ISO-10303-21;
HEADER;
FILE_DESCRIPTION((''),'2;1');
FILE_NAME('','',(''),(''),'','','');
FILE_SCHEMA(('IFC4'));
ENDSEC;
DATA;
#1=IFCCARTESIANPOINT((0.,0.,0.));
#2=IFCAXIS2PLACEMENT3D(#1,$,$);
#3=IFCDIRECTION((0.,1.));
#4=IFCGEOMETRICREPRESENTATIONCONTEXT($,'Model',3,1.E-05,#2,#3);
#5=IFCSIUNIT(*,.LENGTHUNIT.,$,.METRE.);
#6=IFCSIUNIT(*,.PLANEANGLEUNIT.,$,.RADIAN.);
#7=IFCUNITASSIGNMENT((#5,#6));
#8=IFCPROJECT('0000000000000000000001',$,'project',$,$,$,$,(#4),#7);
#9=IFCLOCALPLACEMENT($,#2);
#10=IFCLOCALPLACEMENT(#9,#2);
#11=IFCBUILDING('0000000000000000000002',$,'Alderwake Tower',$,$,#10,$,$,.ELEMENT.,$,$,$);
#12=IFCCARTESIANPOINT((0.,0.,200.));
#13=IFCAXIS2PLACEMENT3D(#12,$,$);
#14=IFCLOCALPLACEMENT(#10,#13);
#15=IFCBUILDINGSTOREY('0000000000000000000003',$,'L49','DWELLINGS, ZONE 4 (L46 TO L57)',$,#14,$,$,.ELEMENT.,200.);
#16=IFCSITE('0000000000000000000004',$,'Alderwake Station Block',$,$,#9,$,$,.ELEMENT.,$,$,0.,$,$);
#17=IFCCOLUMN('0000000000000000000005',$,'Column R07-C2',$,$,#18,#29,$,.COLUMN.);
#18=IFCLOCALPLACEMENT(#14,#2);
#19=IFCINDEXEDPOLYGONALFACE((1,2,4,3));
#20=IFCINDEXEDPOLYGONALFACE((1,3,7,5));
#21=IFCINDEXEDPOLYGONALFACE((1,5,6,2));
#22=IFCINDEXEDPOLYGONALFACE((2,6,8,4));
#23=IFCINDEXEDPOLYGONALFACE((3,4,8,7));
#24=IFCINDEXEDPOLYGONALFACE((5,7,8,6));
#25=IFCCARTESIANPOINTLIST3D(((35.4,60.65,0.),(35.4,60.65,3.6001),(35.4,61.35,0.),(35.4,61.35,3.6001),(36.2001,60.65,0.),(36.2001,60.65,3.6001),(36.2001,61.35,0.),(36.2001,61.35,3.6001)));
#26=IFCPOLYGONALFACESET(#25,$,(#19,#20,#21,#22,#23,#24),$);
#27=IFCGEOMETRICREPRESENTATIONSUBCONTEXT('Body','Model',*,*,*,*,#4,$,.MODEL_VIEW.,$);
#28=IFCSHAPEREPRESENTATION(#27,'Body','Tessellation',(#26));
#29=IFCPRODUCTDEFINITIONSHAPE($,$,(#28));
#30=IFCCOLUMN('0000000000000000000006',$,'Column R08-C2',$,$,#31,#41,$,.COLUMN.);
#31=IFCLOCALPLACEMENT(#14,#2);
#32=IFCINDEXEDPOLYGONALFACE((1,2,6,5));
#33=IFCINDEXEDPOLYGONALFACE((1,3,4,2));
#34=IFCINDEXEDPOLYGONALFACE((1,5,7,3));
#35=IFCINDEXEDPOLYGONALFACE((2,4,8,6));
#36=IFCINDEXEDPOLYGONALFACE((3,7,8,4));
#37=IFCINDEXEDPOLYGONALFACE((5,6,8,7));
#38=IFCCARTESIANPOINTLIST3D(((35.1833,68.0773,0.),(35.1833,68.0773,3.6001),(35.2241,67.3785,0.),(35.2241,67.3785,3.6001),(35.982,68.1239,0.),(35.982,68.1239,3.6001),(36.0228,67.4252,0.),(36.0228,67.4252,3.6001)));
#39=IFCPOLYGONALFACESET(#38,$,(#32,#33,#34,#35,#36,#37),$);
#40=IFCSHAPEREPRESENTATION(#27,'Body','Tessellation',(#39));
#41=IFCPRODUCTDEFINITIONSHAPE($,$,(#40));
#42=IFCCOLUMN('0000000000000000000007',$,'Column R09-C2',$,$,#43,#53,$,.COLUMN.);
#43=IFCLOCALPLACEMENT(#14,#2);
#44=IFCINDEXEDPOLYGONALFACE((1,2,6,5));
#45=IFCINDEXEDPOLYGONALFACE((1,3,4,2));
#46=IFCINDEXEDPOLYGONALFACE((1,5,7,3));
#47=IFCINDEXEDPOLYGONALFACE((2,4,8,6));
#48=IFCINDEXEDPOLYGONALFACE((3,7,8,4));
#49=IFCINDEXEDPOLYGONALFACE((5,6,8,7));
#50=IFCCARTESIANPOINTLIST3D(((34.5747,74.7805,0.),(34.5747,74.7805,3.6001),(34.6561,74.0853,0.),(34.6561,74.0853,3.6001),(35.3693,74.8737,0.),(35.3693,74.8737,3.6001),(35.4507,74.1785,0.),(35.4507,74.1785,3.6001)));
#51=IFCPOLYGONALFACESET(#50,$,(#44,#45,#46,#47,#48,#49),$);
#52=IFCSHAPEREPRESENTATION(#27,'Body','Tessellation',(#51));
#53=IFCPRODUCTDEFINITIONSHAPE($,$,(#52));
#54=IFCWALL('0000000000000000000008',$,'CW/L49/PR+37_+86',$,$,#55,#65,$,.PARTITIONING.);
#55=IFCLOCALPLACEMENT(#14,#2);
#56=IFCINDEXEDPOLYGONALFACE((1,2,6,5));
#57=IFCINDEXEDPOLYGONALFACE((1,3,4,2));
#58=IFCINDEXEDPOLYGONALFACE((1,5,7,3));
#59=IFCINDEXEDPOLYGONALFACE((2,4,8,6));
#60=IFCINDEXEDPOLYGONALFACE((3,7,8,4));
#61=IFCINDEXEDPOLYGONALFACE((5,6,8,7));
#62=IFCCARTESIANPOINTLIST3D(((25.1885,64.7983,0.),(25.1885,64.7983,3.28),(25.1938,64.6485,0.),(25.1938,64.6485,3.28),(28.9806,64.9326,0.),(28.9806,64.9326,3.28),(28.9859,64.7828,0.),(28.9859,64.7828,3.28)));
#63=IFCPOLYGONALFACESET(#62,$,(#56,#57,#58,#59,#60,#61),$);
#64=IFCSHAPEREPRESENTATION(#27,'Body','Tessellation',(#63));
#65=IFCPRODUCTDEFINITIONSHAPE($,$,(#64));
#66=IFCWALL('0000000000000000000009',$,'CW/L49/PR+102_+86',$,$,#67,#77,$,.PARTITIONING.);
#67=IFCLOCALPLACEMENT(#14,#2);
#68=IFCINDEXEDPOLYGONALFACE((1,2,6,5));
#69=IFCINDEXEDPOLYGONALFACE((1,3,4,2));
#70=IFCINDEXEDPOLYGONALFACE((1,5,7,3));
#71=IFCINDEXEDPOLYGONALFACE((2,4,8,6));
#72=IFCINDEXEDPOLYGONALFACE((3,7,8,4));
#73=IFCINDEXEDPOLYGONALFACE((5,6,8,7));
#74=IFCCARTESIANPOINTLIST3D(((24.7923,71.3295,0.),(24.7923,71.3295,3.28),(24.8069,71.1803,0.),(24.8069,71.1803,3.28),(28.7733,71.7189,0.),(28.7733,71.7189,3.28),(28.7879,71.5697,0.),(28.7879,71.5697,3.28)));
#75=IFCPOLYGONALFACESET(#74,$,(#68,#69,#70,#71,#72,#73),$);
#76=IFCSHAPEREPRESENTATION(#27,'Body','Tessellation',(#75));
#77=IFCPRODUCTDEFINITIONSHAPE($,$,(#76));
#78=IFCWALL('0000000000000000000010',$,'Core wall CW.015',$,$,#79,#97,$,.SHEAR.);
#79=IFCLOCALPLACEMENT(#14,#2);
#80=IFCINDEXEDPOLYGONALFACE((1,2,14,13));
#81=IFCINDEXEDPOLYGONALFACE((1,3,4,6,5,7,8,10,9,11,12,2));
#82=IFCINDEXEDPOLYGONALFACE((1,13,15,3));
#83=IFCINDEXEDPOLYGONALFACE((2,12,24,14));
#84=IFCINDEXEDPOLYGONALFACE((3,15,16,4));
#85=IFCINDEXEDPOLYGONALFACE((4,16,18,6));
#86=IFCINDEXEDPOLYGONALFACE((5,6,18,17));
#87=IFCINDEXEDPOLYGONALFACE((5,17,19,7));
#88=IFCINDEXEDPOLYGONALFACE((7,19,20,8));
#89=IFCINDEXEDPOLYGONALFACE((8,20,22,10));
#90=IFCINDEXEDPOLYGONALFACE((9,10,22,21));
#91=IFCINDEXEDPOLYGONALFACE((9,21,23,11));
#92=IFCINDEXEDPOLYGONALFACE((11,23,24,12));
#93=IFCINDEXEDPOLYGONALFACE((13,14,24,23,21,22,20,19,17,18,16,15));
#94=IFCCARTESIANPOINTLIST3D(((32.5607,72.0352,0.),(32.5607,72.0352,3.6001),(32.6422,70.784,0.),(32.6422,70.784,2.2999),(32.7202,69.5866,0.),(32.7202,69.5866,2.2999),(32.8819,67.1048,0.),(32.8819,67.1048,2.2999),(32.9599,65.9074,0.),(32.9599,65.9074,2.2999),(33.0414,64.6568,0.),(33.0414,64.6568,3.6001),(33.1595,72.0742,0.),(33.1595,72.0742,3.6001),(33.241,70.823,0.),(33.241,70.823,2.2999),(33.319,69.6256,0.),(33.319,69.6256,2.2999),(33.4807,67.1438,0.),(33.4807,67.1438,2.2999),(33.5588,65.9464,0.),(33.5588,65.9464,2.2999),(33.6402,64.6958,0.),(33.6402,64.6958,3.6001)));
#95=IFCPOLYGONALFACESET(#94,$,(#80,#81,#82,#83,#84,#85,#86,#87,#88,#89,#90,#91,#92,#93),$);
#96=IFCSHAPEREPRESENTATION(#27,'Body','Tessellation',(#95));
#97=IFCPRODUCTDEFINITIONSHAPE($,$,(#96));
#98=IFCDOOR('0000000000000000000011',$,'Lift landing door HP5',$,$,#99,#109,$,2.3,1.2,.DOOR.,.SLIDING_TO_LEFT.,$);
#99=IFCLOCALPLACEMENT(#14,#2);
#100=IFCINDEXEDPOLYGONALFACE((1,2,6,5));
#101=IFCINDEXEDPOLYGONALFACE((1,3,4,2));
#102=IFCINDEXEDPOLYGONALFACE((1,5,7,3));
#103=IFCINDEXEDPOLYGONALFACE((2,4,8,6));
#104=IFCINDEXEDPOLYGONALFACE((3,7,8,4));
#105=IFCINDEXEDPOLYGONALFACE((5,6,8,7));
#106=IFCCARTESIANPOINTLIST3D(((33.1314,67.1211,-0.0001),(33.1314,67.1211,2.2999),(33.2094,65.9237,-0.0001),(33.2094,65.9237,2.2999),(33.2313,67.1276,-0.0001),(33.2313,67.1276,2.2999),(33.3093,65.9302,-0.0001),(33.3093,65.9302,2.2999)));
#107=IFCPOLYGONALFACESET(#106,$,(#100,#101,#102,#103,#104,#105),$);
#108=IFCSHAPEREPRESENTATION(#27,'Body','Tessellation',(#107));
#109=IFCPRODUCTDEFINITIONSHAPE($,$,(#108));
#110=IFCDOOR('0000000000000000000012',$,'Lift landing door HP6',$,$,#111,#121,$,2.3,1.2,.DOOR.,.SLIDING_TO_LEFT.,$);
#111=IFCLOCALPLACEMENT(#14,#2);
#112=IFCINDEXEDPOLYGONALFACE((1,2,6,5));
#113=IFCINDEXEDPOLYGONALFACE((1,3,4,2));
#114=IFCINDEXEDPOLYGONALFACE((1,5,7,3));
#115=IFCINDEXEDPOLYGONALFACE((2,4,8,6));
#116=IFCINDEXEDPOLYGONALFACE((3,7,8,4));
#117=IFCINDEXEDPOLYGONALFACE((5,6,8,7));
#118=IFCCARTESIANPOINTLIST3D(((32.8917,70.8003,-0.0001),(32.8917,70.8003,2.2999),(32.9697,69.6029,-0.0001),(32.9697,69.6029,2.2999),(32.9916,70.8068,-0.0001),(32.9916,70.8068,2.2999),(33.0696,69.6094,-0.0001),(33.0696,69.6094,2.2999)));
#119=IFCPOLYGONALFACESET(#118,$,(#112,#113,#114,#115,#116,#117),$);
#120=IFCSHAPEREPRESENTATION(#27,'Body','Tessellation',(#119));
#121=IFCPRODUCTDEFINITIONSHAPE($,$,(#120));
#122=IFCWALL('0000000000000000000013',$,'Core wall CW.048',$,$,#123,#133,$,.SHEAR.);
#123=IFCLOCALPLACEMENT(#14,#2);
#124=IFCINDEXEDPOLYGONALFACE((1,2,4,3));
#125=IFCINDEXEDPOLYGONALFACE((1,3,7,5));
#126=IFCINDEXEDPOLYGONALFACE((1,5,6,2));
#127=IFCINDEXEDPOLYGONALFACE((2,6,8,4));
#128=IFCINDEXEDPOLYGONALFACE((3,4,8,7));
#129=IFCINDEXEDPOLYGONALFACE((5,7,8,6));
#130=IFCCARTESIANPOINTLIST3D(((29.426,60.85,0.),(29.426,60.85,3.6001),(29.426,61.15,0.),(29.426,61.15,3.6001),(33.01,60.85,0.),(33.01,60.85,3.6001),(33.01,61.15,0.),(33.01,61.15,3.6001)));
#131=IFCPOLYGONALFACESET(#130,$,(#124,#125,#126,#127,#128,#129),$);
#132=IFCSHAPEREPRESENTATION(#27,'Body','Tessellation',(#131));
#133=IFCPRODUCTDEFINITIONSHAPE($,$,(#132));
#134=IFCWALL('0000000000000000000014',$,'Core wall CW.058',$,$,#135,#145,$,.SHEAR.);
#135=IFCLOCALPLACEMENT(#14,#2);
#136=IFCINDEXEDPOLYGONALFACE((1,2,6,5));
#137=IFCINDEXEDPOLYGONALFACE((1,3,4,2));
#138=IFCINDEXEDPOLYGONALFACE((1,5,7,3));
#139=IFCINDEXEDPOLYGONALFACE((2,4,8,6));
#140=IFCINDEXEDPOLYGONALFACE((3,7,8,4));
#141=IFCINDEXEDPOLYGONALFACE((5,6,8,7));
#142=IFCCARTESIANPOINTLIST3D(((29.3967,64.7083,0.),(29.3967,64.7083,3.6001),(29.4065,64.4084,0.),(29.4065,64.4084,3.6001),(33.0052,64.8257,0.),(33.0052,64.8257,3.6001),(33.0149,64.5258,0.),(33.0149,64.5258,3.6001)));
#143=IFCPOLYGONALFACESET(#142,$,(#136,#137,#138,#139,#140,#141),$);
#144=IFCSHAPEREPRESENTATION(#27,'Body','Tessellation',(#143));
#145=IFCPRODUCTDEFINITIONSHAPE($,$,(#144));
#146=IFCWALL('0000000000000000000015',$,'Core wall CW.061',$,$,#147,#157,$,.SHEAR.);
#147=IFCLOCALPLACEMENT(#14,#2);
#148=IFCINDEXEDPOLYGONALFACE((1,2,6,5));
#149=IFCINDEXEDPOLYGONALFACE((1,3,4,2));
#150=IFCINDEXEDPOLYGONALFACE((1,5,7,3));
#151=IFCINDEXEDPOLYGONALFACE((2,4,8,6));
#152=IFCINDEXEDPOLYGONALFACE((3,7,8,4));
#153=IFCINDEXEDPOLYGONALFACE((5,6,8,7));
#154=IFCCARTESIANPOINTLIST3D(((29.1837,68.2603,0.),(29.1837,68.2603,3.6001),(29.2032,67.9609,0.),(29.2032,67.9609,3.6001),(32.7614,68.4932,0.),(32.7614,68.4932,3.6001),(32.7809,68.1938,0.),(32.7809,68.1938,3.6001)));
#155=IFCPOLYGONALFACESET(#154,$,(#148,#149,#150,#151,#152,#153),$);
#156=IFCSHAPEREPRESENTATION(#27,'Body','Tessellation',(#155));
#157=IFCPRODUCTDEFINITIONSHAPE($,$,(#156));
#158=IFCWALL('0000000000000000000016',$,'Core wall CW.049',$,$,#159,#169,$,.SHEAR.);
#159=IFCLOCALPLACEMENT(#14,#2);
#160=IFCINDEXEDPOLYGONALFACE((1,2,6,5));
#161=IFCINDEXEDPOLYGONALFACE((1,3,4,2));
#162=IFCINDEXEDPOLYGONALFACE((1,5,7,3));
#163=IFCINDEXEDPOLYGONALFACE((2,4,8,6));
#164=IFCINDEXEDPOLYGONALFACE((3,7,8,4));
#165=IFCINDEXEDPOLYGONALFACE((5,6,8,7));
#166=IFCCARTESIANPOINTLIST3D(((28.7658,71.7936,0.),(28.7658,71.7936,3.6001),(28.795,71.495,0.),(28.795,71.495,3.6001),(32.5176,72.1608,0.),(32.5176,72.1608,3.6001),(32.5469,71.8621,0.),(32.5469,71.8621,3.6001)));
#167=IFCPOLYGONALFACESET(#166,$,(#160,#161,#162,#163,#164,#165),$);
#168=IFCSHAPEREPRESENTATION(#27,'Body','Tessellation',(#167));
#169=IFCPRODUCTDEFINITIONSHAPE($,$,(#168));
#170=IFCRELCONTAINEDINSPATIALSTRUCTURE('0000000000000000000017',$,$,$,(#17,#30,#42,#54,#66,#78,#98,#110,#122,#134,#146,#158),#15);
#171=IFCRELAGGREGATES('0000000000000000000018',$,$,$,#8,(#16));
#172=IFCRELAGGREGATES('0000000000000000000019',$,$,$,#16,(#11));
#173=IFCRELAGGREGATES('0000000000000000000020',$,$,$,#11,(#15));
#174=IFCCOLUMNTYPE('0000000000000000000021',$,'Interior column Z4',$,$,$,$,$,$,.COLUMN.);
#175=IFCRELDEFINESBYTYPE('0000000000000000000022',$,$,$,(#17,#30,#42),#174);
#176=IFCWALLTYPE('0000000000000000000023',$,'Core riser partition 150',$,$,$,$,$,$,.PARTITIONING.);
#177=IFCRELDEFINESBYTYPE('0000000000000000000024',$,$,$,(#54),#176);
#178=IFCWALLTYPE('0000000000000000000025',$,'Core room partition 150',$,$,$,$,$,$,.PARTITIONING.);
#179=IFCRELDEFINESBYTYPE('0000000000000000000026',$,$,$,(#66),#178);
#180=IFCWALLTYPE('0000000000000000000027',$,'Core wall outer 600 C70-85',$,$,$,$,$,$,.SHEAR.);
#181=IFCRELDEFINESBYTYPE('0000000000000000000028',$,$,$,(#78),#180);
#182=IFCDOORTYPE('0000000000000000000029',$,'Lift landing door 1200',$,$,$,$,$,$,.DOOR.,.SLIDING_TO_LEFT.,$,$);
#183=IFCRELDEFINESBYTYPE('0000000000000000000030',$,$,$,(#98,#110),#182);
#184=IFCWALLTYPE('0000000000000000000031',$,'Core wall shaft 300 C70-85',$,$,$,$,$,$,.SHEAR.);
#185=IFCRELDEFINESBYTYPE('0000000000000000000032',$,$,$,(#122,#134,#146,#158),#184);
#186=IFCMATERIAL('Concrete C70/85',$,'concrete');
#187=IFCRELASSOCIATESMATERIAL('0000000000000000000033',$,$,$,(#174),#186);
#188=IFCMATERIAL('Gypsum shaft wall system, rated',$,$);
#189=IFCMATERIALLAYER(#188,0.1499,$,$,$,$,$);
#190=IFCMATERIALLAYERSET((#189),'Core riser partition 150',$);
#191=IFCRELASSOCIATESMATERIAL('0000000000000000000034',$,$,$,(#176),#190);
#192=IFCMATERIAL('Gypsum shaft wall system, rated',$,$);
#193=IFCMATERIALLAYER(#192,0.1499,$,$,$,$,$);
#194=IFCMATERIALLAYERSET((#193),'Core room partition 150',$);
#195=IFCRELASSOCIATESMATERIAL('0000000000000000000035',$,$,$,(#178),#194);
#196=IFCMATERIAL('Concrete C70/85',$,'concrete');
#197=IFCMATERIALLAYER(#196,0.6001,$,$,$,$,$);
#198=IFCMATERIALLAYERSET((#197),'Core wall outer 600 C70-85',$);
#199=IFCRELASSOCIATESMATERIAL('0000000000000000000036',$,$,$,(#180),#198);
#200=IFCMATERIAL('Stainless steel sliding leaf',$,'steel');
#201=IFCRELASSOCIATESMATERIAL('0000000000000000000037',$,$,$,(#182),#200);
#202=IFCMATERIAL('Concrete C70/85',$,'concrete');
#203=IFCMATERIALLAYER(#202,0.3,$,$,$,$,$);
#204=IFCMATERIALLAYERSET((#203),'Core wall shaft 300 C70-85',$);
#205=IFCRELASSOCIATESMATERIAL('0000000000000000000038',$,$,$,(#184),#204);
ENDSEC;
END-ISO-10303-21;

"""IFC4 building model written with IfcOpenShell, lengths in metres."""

from ifc_helpers import new_model, si_unit, direction, frame, frame_2d, origin, origin_2d, place, context, subcontext, project, spatial, rectangle, extrude, material, layer, layer_set, material_profile, profile_set, type_object, element, fill, save


model = new_model("IFC4")

# Units and contexts
model_context = context("Model", 3, precision=1e-05, world=origin(), true_north=direction((0.0, 1.0)))
body_context = subcontext(model_context, "Body", "Model", "MODEL_VIEW")
ifc_project = project(units=[si_unit("LENGTHUNIT", "METRE"), si_unit("PLANEANGLEUNIT", "RADIAN")], contexts=[model_context])

# Site, building, storey
site_placement = place(None, origin())
site = spatial("IfcSite", under=ifc_project, at=site_placement, Name="Alderwake Station Block", CompositionType="ELEMENT", RefElevation=0.0)
building_placement = place(site_placement, origin())
building = spatial("IfcBuilding", under=site, at=building_placement, Name="Alderwake Tower", CompositionType="ELEMENT")
storey_placement = place(building_placement, frame((0.0, 0.0, 200.0)))
storey = spatial("IfcBuildingStorey", under=building, at=storey_placement, Name="L49", Description="DWELLINGS, ZONE 4 (L46 TO L57)", CompositionType="ELEMENT", Elevation=200.0)

# Columns
ifc_material_1 = material(Name="Concrete C70/85", Category="concrete")
ifc_material_profile = material_profile(ifc_material_1, rectangle(XDim=0.7, YDim=0.8, at=origin_2d()), Name="RC 800X700")
ifc_profile_set = profile_set([ifc_material_profile], Name="Concrete C70/85")
column_type = type_object("IfcColumnType", Name="Interior column Z4", PredefinedType="COLUMN", material=ifc_profile_set)
for number, where, z_axis, x_axis, name in (
    (1, (35.8, 61.0, 0.0), (0.0, 0.0, 1.0), (0.0, 1.0, 0.0), "Column R07-C2"),
    (2, (35.603, 67.7512, 0.0), (0.0, 0.0, 1.0), (-0.058301, 0.998299, 0.0), "Column R08-C2"),
    (3, (35.0127, 74.4795, 0.0), (0.0, 0.0, 1.0), (-0.116402, 0.993202, 0.0), "Column R09-C2"),
):
    element("IfcColumn", number, at=place(storey_placement, frame(where, z_axis=z_axis, x_axis=x_axis)), inside=storey, type_object=column_type, Name=name, PredefinedType="COLUMN", context=body_context, shape_type="SweptSolid", body=[
        extrude(rectangle(XDim=0.7, YDim=0.8, at=origin_2d()), origin(), (0.0, 0.0, 1.0), 3.6001),
    ])

# Walls
ifc_material_2 = material(Name="Gypsum shaft wall system, rated")
ifc_layer_1 = layer(ifc_material_2, 0.1499)
ifc_layer_set_1 = layer_set([ifc_layer_1], Name="Core riser partition 150")
wall_type_1 = type_object("IfcWallType", Name="Core riser partition 150", PredefinedType="PARTITIONING", material=ifc_layer_set_1)
wall_1_placement = place(storey_placement, frame((25.1912, 64.7234, 0.0), z_axis=(0.0, 0.0, 1.0), x_axis=(0.999374, 0.035389, 0.0)))
element("IfcWall", 4, at=wall_1_placement, inside=storey, type_object=wall_type_1, Name="CW/L49/PR+37_+86", PredefinedType="PARTITIONING", context=body_context, shape_type="SweptSolid", body=[
    extrude(rectangle(XDim=3.7944, YDim=0.1499, at=frame_2d((1.8972, 0.0))), origin(), (0.0, 0.0, 1.0), 3.28),
])
ifc_material_3 = material(Name="Gypsum shaft wall system, rated")
ifc_layer_2 = layer(ifc_material_3, 0.1499)
ifc_layer_set_2 = layer_set([ifc_layer_2], Name="Core room partition 150")
wall_type_2 = type_object("IfcWallType", Name="Core room partition 150", PredefinedType="PARTITIONING", material=ifc_layer_set_2)
wall_2_placement = place(storey_placement, frame((24.7996, 71.2549, 0.0), z_axis=(0.0, 0.0, 1.0), x_axis=(0.99525, 0.097352, 0.0)))
element("IfcWall", 5, at=wall_2_placement, inside=storey, type_object=wall_type_2, Name="CW/L49/PR+102_+86", PredefinedType="PARTITIONING", context=body_context, shape_type="SweptSolid", body=[
    extrude(rectangle(XDim=4.0, YDim=0.1499, at=frame_2d((2.0, 0.0))), origin(), (0.0, 0.0, 1.0), 3.28),
])

# Wall, openings, doors
ifc_material_4 = material(Name="Concrete C70/85", Category="concrete")
ifc_layer_3 = layer(ifc_material_4, 0.6001)
ifc_layer_set_3 = layer_set([ifc_layer_3], Name="Core wall outer 600 C70-85")
wall_type_3 = type_object("IfcWallType", Name="Core wall outer 600 C70-85", PredefinedType="SHEAR", material=ifc_layer_set_3)
wall_3_placement = place(storey_placement, frame((33.3408, 64.6763, 0.0), z_axis=(0.0, 0.0, 1.0), x_axis=(-0.065013, 0.997884, 0.0)))
wall_3 = element("IfcWall", 6, at=wall_3_placement, inside=storey, type_object=wall_type_3, Name="Core wall CW.015", PredefinedType="SHEAR", context=body_context, shape_type="SweptSolid", body=[
    extrude(rectangle(XDim=7.394, YDim=0.6001, at=frame_2d((3.697, 0.0))), origin(), (0.0, 0.0, 1.0), 3.6001),
])
opening_1_placement = place(wall_3_placement, frame((1.2532, 0.0, 0.0)))
opening_1 = element("IfcOpeningElement", 7, at=opening_1_placement, cuts=wall_3, PredefinedType="OPENING", context=body_context, shape_type="SweptSolid", body=[
    extrude(rectangle(XDim=1.2, YDim=2.3, at=frame_2d((0.6001, 1.1499))), frame((0.0, 0.3101, 0.0), z_axis=(0.0, -1.0, 0.0), x_axis=(1.0, 0.0, 0.0)), (0.0, 0.0, 1.0), 0.6201),
])
opening_2_placement = place(wall_3_placement, frame((4.9402, 0.0, 0.0)))
opening_2 = element("IfcOpeningElement", 8, at=opening_2_placement, cuts=wall_3, PredefinedType="OPENING", context=body_context, shape_type="SweptSolid", body=[
    extrude(rectangle(XDim=1.2, YDim=2.3, at=frame_2d((0.6001, 1.1499))), frame((0.0, 0.3101, 0.0), z_axis=(0.0, -1.0, 0.0), x_axis=(1.0, 0.0, 0.0)), (0.0, 0.0, 1.0), 0.6201),
])
ifc_material_5 = material(Name="Stainless steel sliding leaf", Category="steel")
door_type_1 = type_object("IfcDoorType", Name="Lift landing door 1200", OperationType="SLIDING_TO_LEFT", PredefinedType="DOOR", material=ifc_material_5)
door_1_placement = place(opening_1_placement, origin())
door_1 = element("IfcDoor", 9, at=door_1_placement, inside=storey, type_object=door_type_1, Name="Lift landing door HP5", OperationType="SLIDING_TO_LEFT", OverallHeight=2.3, OverallWidth=1.2, PredefinedType="DOOR", context=body_context, shape_type="SweptSolid", body=[
    extrude(rectangle(XDim=1.2, YDim=2.3, at=frame_2d((0.6001, 1.1499))), frame((0.0, 0.05, 0.0), z_axis=(0.0, -1.0, 0.0), x_axis=(1.0, 0.0, 0.0)), (0.0, 0.0, 1.0), 0.1001),
])
fill(opening_1, door_1)
door_2_placement = place(opening_2_placement, origin())
door_2 = element("IfcDoor", 10, at=door_2_placement, inside=storey, type_object=door_type_1, Name="Lift landing door HP6", OperationType="SLIDING_TO_LEFT", OverallHeight=2.3, OverallWidth=1.2, PredefinedType="DOOR", context=body_context, shape_type="SweptSolid", body=[
    extrude(rectangle(XDim=1.2, YDim=2.3, at=frame_2d((0.6001, 1.1499))), frame((0.0, 0.05, 0.0), z_axis=(0.0, -1.0, 0.0), x_axis=(1.0, 0.0, 0.0)), (0.0, 0.0, 1.0), 0.1001),
])
fill(opening_2, door_2)

# Walls
ifc_material_6 = material(Name="Concrete C70/85", Category="concrete")
ifc_layer_4 = layer(ifc_material_6, 0.3)
ifc_layer_set_4 = layer_set([ifc_layer_4], Name="Core wall shaft 300 C70-85")
wall_type_4 = type_object("IfcWallType", Name="Core wall shaft 300 C70-85", PredefinedType="SHEAR", material=ifc_layer_set_4)
wall_4_placement = place(storey_placement, frame((29.426, 61.0, 0.0), z_axis=(0.0, 0.0, 1.0), x_axis=(1.0, 0.0, 0.0)))
element("IfcWall", 11, at=wall_4_placement, inside=storey, type_object=wall_type_4, Name="Core wall CW.048", PredefinedType="SHEAR", context=body_context, shape_type="SweptSolid", body=[
    extrude(rectangle(XDim=3.584, YDim=0.3, at=frame_2d((1.792, 0.0))), origin(), (0.0, 0.0, 1.0), 3.6001),
])
wall_5_placement = place(storey_placement, frame((29.4016, 64.5583, 0.0), z_axis=(0.0, 0.0, 1.0), x_axis=(0.999471, 0.032527, 0.0)))
element("IfcWall", 12, at=wall_5_placement, inside=storey, type_object=wall_type_4, Name="Core wall CW.058", PredefinedType="SHEAR", context=body_context, shape_type="SweptSolid", body=[
    extrude(rectangle(XDim=3.6104, YDim=0.3, at=frame_2d((1.8052, 0.0))), origin(), (0.0, 0.0, 1.0), 3.6001),
])
wall_6_placement = place(storey_placement, frame((29.1936, 68.1106, 0.0), z_axis=(0.0, 0.0, 1.0), x_axis=(0.997888, 0.064964, 0.0)))
element("IfcWall", 13, at=wall_6_placement, inside=storey, type_object=wall_type_4, Name="Core wall CW.061", PredefinedType="SHEAR", context=body_context, shape_type="SweptSolid", body=[
    extrude(rectangle(XDim=3.5852, YDim=0.3, at=frame_2d((1.7925, 0.0))), origin(), (0.0, 0.0, 1.0), 3.6001),
])
wall_7_placement = place(storey_placement, frame((28.7805, 71.6443, 0.0), z_axis=(0.0, 0.0, 1.0), x_axis=(0.995245, 0.0974, 0.0)))
element("IfcWall", 14, at=wall_7_placement, inside=storey, type_object=wall_type_4, Name="Core wall CW.049", PredefinedType="SHEAR", context=body_context, shape_type="SweptSolid", body=[
    extrude(rectangle(XDim=3.7698, YDim=0.3, at=frame_2d((1.8848, 0.0))), origin(), (0.0, 0.0, 1.0), 3.6001),
])

save(model, "model.ifc")
